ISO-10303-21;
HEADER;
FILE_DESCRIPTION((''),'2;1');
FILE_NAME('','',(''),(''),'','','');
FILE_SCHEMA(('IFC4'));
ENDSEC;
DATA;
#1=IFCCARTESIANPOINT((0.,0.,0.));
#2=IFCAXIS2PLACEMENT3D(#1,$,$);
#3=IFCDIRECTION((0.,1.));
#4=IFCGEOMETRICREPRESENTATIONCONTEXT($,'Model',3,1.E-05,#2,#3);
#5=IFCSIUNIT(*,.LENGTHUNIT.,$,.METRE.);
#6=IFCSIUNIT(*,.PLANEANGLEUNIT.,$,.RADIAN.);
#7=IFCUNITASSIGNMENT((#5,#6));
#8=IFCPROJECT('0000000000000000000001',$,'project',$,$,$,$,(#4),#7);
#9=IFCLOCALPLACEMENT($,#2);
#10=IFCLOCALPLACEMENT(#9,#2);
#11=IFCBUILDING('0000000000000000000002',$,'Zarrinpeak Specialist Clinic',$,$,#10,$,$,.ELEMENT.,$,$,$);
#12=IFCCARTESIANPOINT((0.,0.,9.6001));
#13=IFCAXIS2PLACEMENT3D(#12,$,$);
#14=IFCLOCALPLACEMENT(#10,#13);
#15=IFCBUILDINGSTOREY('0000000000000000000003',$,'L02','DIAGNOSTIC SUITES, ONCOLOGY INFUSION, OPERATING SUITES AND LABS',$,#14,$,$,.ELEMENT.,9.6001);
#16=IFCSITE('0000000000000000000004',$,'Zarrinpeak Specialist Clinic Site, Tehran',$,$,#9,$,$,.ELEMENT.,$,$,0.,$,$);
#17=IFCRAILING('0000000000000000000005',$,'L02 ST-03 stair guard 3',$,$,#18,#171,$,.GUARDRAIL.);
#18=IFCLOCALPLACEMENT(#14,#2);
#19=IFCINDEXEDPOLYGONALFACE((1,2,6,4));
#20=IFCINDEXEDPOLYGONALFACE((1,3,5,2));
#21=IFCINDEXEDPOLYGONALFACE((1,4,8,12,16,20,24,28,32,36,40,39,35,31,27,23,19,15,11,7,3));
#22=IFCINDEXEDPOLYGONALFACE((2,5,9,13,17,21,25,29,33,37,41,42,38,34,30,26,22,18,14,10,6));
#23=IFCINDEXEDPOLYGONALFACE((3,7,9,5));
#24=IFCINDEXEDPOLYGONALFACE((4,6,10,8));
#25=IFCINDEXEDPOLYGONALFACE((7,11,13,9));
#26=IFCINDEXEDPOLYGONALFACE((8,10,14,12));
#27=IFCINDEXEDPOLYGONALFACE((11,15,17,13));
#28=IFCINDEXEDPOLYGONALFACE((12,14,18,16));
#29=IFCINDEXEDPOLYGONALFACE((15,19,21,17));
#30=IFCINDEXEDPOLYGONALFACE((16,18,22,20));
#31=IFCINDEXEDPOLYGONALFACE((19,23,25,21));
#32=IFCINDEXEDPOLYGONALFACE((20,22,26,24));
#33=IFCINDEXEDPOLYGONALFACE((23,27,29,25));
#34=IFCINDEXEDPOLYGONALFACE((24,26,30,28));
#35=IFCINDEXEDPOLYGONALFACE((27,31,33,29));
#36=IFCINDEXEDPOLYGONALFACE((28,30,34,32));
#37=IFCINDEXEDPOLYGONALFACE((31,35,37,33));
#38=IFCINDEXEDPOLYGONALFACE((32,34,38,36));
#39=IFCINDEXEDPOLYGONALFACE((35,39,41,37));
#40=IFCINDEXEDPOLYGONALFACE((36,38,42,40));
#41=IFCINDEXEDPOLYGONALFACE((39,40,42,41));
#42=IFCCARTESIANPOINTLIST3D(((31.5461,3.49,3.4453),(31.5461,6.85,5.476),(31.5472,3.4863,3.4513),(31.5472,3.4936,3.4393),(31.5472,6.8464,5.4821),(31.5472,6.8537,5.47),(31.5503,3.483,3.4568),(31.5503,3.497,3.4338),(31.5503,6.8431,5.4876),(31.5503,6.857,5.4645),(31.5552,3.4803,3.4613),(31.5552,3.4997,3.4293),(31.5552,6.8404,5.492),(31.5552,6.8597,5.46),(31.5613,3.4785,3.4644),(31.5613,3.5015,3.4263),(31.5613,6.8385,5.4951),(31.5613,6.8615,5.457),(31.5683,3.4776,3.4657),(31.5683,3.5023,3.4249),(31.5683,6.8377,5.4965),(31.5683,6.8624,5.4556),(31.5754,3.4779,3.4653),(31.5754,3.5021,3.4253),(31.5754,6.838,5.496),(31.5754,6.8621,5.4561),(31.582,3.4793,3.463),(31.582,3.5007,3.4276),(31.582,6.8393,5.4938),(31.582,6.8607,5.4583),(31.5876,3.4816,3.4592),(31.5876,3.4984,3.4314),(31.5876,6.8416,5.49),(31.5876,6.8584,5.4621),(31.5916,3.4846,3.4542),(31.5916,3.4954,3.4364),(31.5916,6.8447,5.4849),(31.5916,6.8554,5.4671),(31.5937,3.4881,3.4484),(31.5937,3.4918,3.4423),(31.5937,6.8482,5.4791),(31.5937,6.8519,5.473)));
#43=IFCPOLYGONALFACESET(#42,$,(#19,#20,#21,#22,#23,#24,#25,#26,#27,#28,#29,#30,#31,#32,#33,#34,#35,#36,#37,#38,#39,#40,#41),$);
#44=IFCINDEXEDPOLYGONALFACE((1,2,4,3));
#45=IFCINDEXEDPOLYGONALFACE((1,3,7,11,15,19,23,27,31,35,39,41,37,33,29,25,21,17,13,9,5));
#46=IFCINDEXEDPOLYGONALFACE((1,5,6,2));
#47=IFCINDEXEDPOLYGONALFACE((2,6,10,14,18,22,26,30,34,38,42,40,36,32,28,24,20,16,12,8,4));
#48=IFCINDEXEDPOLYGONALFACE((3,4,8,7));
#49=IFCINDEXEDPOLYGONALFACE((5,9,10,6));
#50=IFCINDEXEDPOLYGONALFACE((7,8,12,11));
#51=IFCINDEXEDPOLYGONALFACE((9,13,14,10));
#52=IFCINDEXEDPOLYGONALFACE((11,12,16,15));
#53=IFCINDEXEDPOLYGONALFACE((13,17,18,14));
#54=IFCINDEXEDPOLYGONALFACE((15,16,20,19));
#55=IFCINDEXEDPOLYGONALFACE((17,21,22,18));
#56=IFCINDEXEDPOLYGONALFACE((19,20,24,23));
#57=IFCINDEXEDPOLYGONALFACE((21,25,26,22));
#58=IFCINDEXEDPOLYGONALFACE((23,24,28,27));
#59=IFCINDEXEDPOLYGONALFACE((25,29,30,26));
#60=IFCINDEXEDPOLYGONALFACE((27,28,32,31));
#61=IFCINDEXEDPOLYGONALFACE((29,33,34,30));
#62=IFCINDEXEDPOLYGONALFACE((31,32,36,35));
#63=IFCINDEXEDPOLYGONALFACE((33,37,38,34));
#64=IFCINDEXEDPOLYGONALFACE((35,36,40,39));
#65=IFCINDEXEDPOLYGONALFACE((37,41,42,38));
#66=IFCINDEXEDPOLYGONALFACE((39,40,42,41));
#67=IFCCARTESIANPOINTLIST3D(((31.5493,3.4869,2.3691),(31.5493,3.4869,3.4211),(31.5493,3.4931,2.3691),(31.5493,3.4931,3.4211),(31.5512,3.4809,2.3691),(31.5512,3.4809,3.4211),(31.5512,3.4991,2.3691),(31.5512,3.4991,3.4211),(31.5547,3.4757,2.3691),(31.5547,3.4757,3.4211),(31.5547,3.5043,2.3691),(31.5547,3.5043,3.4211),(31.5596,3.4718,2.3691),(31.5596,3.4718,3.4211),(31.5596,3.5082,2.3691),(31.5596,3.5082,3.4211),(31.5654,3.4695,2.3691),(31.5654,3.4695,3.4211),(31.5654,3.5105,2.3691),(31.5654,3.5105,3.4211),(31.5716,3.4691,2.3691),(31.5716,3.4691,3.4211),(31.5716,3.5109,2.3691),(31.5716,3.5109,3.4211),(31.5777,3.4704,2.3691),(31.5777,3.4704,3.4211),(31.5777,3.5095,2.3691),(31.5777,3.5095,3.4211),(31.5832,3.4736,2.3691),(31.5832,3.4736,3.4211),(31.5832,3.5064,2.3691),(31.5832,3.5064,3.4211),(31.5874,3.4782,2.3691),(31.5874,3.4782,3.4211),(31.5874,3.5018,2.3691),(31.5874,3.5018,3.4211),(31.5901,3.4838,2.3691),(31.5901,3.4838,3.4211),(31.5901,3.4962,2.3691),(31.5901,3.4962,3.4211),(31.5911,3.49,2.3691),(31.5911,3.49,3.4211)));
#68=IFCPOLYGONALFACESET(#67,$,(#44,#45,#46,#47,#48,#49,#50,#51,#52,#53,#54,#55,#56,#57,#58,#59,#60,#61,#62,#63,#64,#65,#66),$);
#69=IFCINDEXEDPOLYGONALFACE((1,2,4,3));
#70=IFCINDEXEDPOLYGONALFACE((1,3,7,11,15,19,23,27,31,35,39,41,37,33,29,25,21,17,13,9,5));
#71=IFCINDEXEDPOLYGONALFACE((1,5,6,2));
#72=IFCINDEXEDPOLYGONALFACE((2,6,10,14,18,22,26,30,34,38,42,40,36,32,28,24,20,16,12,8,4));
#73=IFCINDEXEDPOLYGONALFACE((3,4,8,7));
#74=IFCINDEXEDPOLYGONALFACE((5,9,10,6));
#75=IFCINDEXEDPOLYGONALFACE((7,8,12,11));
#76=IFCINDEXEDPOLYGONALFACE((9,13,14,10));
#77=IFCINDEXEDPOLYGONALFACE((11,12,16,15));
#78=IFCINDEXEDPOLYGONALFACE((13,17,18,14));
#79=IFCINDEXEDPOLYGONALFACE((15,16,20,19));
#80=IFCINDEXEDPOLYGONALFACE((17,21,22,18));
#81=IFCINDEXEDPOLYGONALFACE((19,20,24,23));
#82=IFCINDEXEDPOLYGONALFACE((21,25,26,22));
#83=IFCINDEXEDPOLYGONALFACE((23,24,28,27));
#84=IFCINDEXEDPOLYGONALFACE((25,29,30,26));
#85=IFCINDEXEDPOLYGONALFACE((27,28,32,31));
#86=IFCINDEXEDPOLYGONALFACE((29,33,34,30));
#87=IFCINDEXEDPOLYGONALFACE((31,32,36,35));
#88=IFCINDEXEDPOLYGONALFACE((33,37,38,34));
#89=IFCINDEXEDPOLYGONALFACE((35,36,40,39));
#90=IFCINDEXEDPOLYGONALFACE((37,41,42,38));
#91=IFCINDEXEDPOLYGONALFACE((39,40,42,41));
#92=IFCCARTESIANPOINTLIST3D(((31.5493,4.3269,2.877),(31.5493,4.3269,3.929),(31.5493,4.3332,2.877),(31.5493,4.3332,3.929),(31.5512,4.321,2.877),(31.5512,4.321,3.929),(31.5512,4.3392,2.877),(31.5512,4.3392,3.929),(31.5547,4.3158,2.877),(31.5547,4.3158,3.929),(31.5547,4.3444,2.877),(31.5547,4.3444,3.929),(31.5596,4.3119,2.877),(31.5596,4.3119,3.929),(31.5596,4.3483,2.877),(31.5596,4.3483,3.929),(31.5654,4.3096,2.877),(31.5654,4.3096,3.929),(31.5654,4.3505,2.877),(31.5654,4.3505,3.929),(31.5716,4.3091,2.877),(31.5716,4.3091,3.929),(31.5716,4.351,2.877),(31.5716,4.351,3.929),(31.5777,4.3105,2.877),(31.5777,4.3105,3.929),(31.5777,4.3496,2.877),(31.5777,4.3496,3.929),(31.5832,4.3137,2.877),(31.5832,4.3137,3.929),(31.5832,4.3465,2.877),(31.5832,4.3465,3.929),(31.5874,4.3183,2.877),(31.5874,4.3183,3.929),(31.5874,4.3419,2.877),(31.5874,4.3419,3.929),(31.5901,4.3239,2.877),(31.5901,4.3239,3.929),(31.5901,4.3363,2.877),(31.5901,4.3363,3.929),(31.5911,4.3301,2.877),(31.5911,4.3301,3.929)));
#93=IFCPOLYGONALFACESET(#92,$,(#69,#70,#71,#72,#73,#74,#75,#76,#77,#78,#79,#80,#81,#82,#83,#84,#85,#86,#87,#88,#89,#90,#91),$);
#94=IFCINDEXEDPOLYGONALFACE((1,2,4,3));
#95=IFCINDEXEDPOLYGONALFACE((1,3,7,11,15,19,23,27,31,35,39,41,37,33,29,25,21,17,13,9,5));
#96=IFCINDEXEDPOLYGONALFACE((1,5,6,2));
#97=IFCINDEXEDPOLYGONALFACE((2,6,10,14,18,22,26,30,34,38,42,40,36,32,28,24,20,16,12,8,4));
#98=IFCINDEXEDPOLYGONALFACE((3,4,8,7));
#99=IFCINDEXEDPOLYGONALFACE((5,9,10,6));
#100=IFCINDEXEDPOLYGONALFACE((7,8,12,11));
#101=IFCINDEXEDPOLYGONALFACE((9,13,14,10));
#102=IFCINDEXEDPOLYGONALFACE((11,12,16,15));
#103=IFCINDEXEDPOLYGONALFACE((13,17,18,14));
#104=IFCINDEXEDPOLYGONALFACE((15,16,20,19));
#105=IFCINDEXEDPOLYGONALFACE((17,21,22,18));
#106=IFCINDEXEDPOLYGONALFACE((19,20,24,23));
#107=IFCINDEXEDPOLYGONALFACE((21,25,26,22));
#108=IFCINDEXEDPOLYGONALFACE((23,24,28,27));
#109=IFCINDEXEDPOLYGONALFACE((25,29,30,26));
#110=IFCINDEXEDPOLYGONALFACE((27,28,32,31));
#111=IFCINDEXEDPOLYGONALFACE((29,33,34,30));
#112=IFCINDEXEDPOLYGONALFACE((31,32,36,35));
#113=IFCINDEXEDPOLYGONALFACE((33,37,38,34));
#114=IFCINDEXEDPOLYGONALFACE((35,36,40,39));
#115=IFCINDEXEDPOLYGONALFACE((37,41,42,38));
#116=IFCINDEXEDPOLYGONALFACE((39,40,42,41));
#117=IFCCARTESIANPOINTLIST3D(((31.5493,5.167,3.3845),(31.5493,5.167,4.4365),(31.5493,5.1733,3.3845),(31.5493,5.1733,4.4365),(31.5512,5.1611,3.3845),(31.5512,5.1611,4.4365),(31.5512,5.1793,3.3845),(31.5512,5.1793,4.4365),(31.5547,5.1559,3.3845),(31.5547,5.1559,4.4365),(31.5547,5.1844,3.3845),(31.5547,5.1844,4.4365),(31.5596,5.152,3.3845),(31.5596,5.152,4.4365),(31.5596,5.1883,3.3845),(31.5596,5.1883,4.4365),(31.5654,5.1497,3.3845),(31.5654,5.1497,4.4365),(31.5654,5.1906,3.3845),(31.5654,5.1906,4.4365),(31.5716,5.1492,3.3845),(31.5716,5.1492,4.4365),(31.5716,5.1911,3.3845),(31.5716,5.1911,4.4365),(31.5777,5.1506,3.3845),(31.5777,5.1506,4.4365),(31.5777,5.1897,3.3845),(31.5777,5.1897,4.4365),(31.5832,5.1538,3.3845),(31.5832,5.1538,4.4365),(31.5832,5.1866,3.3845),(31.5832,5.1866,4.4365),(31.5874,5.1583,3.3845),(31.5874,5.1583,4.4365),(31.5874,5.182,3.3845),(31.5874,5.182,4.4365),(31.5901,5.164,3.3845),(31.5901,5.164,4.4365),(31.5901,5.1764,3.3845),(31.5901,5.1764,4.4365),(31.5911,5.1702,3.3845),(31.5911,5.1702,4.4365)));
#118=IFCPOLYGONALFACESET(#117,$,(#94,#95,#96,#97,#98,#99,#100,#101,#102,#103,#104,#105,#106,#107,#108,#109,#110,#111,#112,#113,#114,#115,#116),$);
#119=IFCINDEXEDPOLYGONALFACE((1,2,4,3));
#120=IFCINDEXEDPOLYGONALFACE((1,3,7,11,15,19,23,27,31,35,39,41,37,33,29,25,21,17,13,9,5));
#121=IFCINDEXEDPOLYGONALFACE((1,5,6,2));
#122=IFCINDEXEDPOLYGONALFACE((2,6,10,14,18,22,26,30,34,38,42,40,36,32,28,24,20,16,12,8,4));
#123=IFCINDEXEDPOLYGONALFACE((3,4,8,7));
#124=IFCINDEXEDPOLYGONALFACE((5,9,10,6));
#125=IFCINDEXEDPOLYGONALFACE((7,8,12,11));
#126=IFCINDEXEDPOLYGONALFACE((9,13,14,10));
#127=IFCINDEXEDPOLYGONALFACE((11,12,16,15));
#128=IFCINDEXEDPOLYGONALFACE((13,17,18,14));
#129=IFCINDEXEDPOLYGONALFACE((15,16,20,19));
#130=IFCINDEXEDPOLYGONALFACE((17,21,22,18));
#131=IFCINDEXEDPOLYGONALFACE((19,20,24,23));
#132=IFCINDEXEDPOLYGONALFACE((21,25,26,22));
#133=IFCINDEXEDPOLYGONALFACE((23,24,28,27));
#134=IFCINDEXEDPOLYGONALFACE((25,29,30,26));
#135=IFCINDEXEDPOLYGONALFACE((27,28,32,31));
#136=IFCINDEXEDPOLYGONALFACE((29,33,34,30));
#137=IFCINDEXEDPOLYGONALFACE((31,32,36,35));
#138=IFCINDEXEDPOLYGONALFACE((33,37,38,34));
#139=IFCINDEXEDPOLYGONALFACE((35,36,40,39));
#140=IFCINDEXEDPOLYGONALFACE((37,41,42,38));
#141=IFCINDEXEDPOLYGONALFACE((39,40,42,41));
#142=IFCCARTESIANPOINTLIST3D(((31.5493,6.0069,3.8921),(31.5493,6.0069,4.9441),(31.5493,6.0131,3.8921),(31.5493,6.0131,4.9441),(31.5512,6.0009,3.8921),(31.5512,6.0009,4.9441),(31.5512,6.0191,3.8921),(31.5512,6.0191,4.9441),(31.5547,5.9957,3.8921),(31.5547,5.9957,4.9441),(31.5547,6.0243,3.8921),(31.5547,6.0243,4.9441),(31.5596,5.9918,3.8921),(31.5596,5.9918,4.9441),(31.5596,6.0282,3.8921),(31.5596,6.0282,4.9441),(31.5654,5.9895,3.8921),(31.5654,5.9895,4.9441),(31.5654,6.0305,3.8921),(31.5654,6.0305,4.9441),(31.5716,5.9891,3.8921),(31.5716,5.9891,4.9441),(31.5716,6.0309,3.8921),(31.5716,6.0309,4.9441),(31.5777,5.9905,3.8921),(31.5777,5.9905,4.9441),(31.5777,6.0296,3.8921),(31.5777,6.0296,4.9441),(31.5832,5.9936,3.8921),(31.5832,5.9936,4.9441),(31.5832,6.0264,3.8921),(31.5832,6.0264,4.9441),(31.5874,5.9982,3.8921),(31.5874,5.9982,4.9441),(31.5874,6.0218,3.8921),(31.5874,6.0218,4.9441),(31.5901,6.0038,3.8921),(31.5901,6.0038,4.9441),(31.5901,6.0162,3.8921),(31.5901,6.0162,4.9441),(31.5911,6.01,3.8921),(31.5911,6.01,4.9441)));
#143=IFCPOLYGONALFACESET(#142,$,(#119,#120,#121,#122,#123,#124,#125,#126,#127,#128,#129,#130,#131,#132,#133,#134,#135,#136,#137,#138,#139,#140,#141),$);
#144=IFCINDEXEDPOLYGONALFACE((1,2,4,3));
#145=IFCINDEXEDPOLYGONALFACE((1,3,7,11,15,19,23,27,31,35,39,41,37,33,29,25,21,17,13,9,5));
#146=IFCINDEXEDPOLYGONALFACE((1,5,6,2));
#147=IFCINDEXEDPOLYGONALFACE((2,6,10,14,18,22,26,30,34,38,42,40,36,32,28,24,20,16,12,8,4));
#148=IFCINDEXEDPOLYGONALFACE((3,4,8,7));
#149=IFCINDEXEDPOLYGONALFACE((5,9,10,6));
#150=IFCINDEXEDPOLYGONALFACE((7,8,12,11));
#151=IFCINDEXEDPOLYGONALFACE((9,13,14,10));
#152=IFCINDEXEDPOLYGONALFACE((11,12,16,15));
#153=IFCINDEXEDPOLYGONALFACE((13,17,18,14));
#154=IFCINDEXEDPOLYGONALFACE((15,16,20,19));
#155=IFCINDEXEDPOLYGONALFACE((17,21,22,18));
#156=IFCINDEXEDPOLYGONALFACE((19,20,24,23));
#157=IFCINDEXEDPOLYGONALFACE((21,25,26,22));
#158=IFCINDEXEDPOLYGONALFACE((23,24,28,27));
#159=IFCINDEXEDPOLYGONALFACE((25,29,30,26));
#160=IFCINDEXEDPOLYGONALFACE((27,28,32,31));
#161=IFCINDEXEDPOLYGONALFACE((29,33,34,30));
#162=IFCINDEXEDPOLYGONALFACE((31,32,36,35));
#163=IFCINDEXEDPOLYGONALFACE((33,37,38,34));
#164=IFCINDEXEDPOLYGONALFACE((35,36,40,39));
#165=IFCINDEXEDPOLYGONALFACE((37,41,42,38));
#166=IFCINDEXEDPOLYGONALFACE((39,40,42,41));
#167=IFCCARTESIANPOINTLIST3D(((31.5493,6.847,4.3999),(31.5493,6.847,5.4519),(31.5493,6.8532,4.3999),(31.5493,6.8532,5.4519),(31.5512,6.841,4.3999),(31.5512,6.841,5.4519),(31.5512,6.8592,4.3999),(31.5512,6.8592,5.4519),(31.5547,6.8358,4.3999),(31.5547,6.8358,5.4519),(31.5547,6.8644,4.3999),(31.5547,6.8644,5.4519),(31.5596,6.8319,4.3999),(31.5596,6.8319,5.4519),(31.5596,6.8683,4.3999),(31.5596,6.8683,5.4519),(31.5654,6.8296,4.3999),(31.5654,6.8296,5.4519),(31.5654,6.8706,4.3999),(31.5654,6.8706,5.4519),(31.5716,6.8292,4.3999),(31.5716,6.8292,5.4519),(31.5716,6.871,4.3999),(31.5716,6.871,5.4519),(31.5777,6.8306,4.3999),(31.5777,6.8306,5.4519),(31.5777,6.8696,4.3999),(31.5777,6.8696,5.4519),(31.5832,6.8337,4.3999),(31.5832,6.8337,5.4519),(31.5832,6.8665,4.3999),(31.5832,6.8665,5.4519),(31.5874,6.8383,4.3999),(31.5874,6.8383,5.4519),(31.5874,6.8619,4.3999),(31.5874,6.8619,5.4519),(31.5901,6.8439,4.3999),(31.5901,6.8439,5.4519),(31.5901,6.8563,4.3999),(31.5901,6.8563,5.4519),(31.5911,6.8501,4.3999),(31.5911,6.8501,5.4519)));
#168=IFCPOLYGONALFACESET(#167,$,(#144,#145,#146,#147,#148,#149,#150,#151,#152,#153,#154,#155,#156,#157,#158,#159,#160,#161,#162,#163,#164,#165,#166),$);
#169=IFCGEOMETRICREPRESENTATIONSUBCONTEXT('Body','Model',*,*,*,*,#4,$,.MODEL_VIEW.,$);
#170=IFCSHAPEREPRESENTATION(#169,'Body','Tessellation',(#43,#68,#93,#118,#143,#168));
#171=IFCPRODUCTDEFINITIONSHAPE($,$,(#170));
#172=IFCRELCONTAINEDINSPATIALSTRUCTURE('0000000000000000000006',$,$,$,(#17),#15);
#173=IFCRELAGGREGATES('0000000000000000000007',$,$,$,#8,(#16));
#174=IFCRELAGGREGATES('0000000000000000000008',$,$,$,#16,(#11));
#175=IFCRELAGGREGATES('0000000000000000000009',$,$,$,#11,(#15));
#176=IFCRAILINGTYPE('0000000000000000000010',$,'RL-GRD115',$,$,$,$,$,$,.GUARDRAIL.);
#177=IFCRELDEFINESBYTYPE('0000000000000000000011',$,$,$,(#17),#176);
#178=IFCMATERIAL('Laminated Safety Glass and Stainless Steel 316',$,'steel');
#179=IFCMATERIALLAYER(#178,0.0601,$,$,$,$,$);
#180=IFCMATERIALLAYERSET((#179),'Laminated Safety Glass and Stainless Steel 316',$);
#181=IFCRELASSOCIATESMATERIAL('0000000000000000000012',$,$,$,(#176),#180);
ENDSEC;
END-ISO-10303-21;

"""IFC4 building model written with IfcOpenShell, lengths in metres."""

from ifc_helpers import new_model, si_unit, direction, frame, origin, origin_2d, place, context, subcontext, project, spatial, circle, extrude, material, layer, layer_set, type_object, element, save


model = new_model("IFC4")

# Units and contexts
model_context = context("Model", 3, precision=1e-05, world=origin(), true_north=direction((0.0, 1.0)))
body_context = subcontext(model_context, "Body", "Model", "MODEL_VIEW")
ifc_project = project(units=[si_unit("LENGTHUNIT", "METRE"), si_unit("PLANEANGLEUNIT", "RADIAN")], contexts=[model_context])

# Site, building, storey
site_placement = place(None, origin())
site = spatial("IfcSite", under=ifc_project, at=site_placement, Name="Zarrinpeak Specialist Clinic Site, Tehran", CompositionType="ELEMENT", RefElevation=0.0)
building_placement = place(site_placement, origin())
building = spatial("IfcBuilding", under=site, at=building_placement, Name="Zarrinpeak Specialist Clinic", CompositionType="ELEMENT")
storey_placement = place(building_placement, frame((0.0, 0.0, 9.6001)))
storey = spatial("IfcBuildingStorey", under=building, at=storey_placement, Name="L02", Description="DIAGNOSTIC SUITES, ONCOLOGY INFUSION, OPERATING SUITES AND LABS", CompositionType="ELEMENT", Elevation=9.6001)

# Railing
ifc_material_1 = material(Name="Laminated Safety Glass and Stainless Steel 316", Category="steel")
ifc_layer_1 = layer(ifc_material_1, 0.0601)
ifc_layer_set_1 = layer_set([ifc_layer_1], Name="Laminated Safety Glass and Stainless Steel 316")
railing_type_1 = type_object("IfcRailingType", Name="RL-GRD115", PredefinedType="GUARDRAIL", material=ifc_layer_set_1)
railing_1_placement = place(storey_placement, frame((31.5701, 3.49, 2.3691)))
element("IfcRailing", 1, at=railing_1_placement, inside=storey, type_object=railing_type_1, Name="L02 ST-03 stair guard 3", PredefinedType="GUARDRAIL", context=body_context, shape_type="SweptSolid", body=[
    extrude(circle(Radius=0.0239, at=origin_2d()), frame((0.0, 0.0, 1.0762), z_axis=(0.0, 0.855837, 0.517246), x_axis=(-1.0, 0.0, 0.0)), (0.0, 0.0, 1.0), 3.926),
    extrude(circle(Radius=0.021, at=origin_2d()), origin(), (0.0, 0.0, 1.0), 1.052),
    extrude(circle(Radius=0.021, at=origin_2d()), frame((0.0, 0.8401, 0.5078)), (0.0, 0.0, 1.0), 1.052),
    extrude(circle(Radius=0.021, at=origin_2d()), frame((0.0, 1.6802, 1.0154)), (0.0, 0.0, 1.0), 1.052),
    extrude(circle(Radius=0.021, at=origin_2d()), frame((0.0, 2.52, 1.5229)), (0.0, 0.0, 1.0), 1.052),
    extrude(circle(Radius=0.021, at=origin_2d()), frame((0.0, 3.3601, 2.0308)), (0.0, 0.0, 1.0), 1.052),
])

save(model, "model.ifc")
